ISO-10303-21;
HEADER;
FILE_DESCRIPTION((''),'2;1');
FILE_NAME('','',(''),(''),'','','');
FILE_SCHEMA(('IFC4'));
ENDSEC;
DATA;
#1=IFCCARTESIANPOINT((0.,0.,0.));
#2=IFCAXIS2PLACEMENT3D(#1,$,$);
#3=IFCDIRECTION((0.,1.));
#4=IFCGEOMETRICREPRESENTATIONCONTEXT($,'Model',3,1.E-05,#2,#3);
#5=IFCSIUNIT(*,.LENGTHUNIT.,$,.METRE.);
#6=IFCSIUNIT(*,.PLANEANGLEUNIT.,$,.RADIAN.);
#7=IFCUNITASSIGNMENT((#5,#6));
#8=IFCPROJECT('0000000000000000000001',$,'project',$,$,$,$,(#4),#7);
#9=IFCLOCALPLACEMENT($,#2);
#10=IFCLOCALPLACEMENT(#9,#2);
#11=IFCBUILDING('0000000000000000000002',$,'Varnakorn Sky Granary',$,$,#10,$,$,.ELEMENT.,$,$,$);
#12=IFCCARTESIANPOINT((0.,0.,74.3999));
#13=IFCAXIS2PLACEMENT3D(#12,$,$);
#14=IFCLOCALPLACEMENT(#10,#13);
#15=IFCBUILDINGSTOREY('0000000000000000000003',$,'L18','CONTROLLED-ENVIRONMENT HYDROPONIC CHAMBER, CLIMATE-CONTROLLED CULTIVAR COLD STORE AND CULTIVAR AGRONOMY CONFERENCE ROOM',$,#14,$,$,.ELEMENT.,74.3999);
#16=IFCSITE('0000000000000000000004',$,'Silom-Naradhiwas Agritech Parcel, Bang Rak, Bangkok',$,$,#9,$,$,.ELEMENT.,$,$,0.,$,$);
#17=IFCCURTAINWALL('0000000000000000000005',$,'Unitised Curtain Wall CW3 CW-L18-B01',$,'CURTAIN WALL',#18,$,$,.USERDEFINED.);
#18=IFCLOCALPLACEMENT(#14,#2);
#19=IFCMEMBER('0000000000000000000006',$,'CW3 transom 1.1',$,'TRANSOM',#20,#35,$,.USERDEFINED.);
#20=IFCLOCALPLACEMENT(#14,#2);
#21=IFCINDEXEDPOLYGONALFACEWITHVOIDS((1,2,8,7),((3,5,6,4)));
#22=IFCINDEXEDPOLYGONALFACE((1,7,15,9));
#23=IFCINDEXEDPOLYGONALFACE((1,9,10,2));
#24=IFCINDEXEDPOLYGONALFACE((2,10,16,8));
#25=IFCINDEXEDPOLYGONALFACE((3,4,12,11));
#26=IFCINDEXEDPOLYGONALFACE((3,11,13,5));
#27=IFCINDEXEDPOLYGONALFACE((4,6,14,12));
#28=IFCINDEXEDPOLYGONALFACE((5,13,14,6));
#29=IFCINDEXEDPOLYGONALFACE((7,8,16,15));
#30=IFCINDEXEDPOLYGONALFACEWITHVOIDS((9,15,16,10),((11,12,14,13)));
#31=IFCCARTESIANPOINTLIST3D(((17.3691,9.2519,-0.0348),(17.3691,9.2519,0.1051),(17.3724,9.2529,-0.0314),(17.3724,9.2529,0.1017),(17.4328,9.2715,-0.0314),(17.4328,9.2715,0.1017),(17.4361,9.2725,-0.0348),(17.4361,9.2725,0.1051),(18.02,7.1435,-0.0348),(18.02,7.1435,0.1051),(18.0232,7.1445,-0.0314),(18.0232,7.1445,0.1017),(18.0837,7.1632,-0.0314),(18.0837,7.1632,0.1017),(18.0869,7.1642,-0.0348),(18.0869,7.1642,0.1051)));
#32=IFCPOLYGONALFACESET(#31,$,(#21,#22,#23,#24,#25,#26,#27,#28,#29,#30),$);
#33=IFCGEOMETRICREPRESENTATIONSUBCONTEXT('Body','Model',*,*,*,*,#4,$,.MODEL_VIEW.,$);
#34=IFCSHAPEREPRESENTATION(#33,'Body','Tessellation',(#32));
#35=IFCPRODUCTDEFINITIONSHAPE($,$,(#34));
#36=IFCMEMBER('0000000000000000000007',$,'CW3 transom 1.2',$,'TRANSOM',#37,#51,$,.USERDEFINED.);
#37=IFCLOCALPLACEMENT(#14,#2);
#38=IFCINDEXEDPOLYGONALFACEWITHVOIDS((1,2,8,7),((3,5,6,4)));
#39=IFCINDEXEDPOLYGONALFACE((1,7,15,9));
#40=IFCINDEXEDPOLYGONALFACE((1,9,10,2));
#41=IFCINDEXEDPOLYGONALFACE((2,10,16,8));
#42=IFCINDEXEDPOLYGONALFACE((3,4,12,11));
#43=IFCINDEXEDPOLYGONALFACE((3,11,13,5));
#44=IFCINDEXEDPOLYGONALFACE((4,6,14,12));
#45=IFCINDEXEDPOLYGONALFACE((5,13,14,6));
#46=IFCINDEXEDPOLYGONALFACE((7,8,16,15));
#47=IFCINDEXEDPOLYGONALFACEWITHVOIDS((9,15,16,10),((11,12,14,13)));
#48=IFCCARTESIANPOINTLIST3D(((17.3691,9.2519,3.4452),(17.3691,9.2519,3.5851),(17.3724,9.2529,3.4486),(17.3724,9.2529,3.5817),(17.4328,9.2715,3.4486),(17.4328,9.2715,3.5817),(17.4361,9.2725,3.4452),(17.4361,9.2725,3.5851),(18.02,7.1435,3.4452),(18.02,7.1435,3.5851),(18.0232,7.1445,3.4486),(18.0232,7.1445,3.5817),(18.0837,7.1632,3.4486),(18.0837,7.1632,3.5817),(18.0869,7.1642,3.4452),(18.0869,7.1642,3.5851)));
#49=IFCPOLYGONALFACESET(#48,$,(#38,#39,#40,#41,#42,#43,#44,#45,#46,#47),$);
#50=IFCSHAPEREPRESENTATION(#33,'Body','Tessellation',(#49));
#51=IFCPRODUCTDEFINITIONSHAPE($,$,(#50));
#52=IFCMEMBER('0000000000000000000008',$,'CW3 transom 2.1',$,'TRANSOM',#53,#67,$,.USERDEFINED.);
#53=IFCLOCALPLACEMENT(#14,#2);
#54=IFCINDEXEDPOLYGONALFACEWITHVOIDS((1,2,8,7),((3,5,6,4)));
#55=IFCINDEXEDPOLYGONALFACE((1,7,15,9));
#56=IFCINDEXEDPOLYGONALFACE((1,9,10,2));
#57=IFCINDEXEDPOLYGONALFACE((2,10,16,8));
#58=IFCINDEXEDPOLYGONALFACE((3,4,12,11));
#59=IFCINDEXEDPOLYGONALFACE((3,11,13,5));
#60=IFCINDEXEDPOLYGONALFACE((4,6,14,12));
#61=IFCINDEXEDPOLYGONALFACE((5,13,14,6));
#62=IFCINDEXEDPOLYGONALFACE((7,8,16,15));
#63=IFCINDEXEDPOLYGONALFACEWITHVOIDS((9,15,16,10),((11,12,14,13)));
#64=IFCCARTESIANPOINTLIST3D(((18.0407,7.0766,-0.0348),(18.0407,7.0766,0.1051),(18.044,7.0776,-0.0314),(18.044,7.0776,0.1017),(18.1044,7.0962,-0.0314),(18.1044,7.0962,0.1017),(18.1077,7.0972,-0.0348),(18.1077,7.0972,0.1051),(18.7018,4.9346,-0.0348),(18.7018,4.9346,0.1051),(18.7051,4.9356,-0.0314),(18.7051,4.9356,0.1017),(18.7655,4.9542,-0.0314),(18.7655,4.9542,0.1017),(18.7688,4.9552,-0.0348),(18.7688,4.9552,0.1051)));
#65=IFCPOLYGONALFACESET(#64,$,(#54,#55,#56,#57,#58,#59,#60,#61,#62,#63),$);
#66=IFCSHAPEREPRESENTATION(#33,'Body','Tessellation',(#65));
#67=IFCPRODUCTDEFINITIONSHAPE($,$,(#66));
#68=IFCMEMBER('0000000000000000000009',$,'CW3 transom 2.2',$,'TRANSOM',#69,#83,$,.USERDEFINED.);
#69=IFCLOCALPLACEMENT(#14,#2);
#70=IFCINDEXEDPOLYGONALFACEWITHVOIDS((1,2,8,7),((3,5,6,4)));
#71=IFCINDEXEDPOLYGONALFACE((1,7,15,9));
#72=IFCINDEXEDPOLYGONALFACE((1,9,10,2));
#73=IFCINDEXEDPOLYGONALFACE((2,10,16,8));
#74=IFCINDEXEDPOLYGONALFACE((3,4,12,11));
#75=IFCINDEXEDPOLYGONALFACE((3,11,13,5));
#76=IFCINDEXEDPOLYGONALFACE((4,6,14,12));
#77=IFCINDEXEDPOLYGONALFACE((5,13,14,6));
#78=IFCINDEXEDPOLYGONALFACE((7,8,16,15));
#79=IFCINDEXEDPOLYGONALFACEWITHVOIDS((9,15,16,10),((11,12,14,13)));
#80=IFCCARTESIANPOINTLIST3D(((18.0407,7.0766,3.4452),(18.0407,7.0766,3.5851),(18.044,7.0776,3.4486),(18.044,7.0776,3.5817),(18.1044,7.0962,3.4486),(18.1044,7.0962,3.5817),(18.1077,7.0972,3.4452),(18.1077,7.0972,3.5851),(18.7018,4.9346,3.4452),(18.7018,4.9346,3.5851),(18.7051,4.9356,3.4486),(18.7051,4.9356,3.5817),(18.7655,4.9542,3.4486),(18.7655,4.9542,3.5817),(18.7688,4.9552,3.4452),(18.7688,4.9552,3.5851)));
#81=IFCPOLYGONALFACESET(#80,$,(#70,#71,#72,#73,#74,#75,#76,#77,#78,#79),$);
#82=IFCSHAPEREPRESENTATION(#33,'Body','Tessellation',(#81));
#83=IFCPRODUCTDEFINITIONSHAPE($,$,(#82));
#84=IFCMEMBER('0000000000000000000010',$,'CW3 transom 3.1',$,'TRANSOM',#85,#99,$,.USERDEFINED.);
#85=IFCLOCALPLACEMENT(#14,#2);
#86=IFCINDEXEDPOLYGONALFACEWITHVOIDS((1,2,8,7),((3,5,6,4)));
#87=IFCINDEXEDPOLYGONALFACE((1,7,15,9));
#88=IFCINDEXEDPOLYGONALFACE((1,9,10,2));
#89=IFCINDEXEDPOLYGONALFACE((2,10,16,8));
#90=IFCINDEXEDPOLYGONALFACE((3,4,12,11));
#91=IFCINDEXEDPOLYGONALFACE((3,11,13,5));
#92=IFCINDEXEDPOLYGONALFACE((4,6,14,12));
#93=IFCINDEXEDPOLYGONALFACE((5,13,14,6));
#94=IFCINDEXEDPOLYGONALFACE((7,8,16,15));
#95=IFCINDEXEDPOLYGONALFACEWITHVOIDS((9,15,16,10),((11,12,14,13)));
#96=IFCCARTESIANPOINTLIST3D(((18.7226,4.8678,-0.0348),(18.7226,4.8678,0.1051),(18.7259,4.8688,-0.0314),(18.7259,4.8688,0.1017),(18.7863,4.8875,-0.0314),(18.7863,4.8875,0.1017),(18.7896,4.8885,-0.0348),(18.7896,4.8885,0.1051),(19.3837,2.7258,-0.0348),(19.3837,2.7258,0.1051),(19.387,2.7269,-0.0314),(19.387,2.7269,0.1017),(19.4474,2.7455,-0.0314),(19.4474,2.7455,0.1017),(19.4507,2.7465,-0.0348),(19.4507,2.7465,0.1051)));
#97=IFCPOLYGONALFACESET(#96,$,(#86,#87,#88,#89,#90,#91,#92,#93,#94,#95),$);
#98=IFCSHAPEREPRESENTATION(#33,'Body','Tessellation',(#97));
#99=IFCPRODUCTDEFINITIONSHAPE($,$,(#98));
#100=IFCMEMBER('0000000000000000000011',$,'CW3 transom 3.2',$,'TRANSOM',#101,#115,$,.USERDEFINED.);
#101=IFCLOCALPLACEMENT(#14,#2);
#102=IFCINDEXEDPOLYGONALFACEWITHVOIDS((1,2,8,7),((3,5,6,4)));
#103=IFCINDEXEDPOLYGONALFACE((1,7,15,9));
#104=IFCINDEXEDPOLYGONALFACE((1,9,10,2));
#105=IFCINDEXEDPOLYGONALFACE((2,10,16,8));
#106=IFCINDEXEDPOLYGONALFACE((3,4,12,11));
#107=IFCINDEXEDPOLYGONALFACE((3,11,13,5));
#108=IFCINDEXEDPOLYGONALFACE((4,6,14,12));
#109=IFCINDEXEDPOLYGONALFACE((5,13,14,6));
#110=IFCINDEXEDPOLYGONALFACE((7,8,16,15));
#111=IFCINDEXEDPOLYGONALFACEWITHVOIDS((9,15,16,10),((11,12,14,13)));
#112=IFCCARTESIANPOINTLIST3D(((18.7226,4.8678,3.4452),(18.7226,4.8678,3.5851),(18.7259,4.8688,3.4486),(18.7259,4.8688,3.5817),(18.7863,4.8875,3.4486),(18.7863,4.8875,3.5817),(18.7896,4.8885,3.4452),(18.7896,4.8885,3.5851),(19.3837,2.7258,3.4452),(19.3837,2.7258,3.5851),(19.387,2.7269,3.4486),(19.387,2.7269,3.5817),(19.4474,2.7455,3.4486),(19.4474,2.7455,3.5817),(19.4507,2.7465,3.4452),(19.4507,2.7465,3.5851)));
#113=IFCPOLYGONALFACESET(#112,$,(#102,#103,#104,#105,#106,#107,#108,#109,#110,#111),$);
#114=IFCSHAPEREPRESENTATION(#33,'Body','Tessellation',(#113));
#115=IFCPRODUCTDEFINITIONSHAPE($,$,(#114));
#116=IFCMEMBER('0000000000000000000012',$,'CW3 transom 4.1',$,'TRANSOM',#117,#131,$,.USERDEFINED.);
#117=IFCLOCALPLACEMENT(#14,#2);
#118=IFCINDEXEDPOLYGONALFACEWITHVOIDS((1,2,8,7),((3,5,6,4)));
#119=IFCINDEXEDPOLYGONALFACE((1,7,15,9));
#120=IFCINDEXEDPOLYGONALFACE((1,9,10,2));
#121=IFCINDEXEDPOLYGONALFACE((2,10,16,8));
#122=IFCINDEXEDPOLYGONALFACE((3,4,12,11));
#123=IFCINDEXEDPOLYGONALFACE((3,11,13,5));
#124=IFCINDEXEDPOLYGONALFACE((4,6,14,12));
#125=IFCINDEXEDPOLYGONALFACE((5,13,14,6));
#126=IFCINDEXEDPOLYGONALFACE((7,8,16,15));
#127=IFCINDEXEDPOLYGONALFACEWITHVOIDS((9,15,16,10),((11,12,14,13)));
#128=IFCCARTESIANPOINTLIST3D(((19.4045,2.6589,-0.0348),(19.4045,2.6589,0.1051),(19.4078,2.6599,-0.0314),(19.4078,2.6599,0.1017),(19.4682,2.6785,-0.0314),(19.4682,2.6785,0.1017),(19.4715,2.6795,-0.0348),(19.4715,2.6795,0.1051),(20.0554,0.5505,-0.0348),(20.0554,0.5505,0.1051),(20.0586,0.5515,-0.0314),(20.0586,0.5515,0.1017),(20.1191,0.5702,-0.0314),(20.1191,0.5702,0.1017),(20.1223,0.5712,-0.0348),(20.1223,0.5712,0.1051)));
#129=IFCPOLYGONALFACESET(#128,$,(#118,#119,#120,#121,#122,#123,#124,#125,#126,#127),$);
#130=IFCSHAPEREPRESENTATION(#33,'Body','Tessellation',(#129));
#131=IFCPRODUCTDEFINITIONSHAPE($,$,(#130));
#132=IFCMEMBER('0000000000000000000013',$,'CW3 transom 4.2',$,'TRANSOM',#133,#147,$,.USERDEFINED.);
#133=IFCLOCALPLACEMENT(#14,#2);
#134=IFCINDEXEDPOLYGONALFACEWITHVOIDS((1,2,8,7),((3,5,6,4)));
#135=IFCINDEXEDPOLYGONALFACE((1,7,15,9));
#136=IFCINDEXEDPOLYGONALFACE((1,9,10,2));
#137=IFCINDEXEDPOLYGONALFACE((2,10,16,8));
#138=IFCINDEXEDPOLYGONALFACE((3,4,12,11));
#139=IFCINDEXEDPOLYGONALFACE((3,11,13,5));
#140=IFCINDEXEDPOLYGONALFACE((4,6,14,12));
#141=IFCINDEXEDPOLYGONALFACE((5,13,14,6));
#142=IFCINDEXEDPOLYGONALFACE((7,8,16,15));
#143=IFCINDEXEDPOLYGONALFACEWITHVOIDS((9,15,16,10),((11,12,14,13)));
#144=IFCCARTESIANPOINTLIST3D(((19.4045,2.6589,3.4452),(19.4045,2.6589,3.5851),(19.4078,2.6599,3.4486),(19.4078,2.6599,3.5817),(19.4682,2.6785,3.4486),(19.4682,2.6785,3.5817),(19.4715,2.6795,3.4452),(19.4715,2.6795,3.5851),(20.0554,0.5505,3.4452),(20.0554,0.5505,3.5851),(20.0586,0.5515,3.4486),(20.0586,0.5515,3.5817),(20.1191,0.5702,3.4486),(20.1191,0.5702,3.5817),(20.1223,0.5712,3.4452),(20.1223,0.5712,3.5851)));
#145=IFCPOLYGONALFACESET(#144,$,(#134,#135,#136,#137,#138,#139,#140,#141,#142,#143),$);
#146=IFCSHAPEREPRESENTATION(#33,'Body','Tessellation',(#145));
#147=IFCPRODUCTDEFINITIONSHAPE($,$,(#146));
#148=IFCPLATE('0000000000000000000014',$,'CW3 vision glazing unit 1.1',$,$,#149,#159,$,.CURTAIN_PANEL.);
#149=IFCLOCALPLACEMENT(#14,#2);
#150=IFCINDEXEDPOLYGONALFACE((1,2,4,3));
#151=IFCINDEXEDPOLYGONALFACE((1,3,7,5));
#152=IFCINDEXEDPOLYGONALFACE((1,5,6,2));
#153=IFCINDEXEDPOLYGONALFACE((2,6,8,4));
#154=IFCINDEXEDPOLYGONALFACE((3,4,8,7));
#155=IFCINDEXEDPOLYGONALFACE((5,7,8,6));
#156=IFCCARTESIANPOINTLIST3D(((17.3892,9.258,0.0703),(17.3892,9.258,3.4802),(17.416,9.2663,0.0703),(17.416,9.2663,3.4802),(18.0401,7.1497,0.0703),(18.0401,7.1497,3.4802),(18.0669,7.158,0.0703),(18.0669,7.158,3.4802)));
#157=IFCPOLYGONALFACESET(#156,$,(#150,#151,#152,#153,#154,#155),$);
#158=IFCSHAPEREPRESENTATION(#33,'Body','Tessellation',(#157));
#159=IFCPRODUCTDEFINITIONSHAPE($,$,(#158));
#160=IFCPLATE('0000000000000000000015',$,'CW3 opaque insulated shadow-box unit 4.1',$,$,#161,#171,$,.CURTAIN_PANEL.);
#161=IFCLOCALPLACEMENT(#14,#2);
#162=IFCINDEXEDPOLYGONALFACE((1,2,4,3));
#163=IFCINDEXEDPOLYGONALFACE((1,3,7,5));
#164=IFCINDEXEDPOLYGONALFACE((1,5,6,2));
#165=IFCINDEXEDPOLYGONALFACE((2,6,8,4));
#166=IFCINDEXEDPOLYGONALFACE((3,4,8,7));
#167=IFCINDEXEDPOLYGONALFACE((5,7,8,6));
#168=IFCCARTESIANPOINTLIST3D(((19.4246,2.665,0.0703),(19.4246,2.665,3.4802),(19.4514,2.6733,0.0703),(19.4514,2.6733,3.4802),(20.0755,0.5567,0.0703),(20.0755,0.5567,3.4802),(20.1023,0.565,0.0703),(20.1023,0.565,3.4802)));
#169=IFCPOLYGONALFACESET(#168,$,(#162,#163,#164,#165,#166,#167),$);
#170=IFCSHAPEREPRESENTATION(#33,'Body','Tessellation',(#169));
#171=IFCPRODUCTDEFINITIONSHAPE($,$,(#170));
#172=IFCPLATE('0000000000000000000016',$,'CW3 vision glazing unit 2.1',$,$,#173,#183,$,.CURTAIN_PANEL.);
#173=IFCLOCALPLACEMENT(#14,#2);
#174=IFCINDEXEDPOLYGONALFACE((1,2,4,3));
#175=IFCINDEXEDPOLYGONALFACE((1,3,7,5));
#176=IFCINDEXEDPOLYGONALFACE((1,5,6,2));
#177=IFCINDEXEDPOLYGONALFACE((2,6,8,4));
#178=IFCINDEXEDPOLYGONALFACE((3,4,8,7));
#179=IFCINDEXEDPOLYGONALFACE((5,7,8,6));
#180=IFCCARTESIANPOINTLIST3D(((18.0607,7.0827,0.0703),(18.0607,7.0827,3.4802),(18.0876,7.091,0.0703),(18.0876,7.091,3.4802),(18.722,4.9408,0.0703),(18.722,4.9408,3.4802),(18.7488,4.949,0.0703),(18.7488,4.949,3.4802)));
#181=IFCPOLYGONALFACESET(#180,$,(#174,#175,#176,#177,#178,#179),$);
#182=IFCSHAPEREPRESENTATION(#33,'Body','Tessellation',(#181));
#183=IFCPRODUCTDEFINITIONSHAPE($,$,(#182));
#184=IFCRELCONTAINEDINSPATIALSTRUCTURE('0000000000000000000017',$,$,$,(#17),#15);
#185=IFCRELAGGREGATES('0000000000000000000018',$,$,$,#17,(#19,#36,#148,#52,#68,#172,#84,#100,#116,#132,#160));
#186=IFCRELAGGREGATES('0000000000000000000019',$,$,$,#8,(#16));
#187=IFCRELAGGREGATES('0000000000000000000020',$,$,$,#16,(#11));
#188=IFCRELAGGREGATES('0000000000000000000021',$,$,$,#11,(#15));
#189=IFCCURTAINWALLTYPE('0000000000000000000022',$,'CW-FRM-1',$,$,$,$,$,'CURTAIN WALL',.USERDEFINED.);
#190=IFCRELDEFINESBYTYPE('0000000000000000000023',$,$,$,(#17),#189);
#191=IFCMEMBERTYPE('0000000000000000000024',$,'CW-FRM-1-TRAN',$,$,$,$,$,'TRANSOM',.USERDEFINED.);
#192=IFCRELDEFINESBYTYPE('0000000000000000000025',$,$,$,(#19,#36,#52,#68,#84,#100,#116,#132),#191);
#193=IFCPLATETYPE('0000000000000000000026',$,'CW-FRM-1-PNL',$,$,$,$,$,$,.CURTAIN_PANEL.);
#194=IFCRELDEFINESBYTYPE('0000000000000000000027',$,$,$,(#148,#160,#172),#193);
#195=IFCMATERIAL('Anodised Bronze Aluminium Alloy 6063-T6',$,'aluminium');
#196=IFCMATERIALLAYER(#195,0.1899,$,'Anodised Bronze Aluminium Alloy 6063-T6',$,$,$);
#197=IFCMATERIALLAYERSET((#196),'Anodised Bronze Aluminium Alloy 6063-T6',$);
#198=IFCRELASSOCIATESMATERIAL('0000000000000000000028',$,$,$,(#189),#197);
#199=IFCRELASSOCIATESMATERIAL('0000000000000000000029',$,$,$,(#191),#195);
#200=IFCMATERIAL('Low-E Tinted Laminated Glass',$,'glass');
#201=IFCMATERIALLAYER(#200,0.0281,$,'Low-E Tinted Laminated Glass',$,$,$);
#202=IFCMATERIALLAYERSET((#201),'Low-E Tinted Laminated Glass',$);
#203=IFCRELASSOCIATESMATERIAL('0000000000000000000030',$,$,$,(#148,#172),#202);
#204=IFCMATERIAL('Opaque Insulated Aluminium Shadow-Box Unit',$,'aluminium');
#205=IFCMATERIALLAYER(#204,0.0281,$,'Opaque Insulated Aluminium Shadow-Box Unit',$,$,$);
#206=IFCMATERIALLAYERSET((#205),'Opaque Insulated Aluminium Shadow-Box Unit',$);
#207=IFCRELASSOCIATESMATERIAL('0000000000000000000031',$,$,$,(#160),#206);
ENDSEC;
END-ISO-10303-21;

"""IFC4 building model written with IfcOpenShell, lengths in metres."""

from ifc_helpers import new_model, si_unit, direction, frame, origin, origin_2d, place, context, subcontext, project, spatial, rectangle, hollow_rectangle, extrude, source, transform, mapped, material, layer, layer_set, material_profile, profile_set, type_object, type_shapes, element, aggregate, save


model = new_model("IFC4")

# Units and contexts
model_context = context("Model", 3, precision=1e-05, world=origin(), true_north=direction((0.0, 1.0)))
body_context = subcontext(model_context, "Body", "Model", "MODEL_VIEW")
ifc_project = project(units=[si_unit("LENGTHUNIT", "METRE"), si_unit("PLANEANGLEUNIT", "RADIAN")], contexts=[model_context])

# Site, building, storey
site_placement = place(None, origin())
site = spatial("IfcSite", under=ifc_project, at=site_placement, Name="Silom-Naradhiwas Agritech Parcel, Bang Rak, Bangkok", CompositionType="ELEMENT", RefElevation=0.0)
building_placement = place(site_placement, origin())
building = spatial("IfcBuilding", under=site, at=building_placement, Name="Varnakorn Sky Granary", CompositionType="ELEMENT")
storey_placement = place(building_placement, frame((0.0, 0.0, 74.3999)))
storey = spatial("IfcBuildingStorey", under=building, at=storey_placement, Name="L18", Description="CONTROLLED-ENVIRONMENT HYDROPONIC CHAMBER, CLIMATE-CONTROLLED CULTIVAR COLD STORE AND CULTIVAR AGRONOMY CONFERENCE ROOM", CompositionType="ELEMENT", Elevation=74.3999)

# Curtain wall
ifc_material_1 = material(Name="Anodised Bronze Aluminium Alloy 6063-T6", Category="aluminium")
ifc_layer_1 = layer(ifc_material_1, 0.1899, Name="Anodised Bronze Aluminium Alloy 6063-T6")
ifc_layer_set_1 = layer_set([ifc_layer_1], Name="Anodised Bronze Aluminium Alloy 6063-T6")
curtain_wall_type = type_object("IfcCurtainWallType", Name="CW-FRM-1", ElementType="CURTAIN WALL", PredefinedType="USERDEFINED", material=ifc_layer_set_1)
curtain_wall_1_placement = place(storey_placement, origin())
curtain_wall_1 = element("IfcCurtainWall", 1, at=curtain_wall_1_placement, inside=storey, type_object=curtain_wall_type, Name="Unitised Curtain Wall CW3 CW-L18-B01", ObjectType="CURTAIN WALL", PredefinedType="USERDEFINED")

# Members
ifc_material_profile_1 = material_profile(ifc_material_1, hollow_rectangle(XDim=0.0701, YDim=0.1399, WallThickness=0.0034, at=origin_2d()), Name="ALU TRAN 70x140")
ifc_profile_set_1 = profile_set([ifc_material_profile_1], Name="Anodised Bronze Aluminium Alloy 6063-T6")
member_type_1 = type_object("IfcMemberType", Name="CW-FRM-1-TRAN", ElementType="TRANSOM", PredefinedType="USERDEFINED", material=ifc_profile_set_1)
member_1_placement = place(storey_placement, frame((17.4026, 9.2622, 0.0352), z_axis=(0.294972, -0.955506, 0.0), x_axis=(0.955506, 0.294972, 0.0)))
member_1 = element("IfcMember", 2, at=member_1_placement, type_object=member_type_1, Name="CW3 transom 1.1", ObjectType="TRANSOM", PredefinedType="USERDEFINED", context=body_context, shape_type="SweptSolid", body=[
    extrude(hollow_rectangle(XDim=0.0701, YDim=0.1399, WallThickness=0.0034, at=origin_2d()), origin(), (0.0, 0.0, 1.0), 2.2065),
])
member_2_placement = place(storey_placement, frame((17.4026, 9.2622, 3.5151), z_axis=(0.294972, -0.955506, 0.0), x_axis=(0.955506, 0.294972, 0.0)))
member_2 = element("IfcMember", 3, at=member_2_placement, type_object=member_type_1, Name="CW3 transom 1.2", ObjectType="TRANSOM", PredefinedType="USERDEFINED", context=body_context, shape_type="SweptSolid", body=[
    extrude(hollow_rectangle(XDim=0.0701, YDim=0.1399, WallThickness=0.0034, at=origin_2d()), origin(), (0.0, 0.0, 1.0), 2.2065),
])
member_3_placement = place(storey_placement, frame((18.0742, 7.0869, 0.0352), z_axis=(0.294912, -0.955524, 0.0), x_axis=(0.955524, 0.294912, 0.0)))
member_3 = element("IfcMember", 4, at=member_3_placement, type_object=member_type_1, Name="CW3 transom 2.1", ObjectType="TRANSOM", PredefinedType="USERDEFINED", context=body_context, shape_type="SweptSolid", body=[
    extrude(hollow_rectangle(XDim=0.0701, YDim=0.1399, WallThickness=0.0034, at=origin_2d()), origin(), (0.0, 0.0, 1.0), 2.2417),
])
member_4_placement = place(storey_placement, frame((18.0742, 7.0869, 3.5151), z_axis=(0.294912, -0.955524, 0.0), x_axis=(0.955524, 0.294912, 0.0)))
member_4 = element("IfcMember", 5, at=member_4_placement, type_object=member_type_1, Name="CW3 transom 2.2", ObjectType="TRANSOM", PredefinedType="USERDEFINED", context=body_context, shape_type="SweptSolid", body=[
    extrude(hollow_rectangle(XDim=0.0701, YDim=0.1399, WallThickness=0.0034, at=origin_2d()), origin(), (0.0, 0.0, 1.0), 2.2417),
])
member_5_placement = place(storey_placement, frame((18.7561, 4.8782, 0.0352), z_axis=(0.294912, -0.955524, 0.0), x_axis=(0.955524, 0.294912, 0.0)))
member_5 = element("IfcMember", 6, at=member_5_placement, type_object=member_type_1, Name="CW3 transom 3.1", ObjectType="TRANSOM", PredefinedType="USERDEFINED", context=body_context, shape_type="SweptSolid", body=[
    extrude(hollow_rectangle(XDim=0.0701, YDim=0.1399, WallThickness=0.0034, at=origin_2d()), origin(), (0.0, 0.0, 1.0), 2.2417),
])
member_6_placement = place(storey_placement, frame((18.7561, 4.8782, 3.5151), z_axis=(0.294912, -0.955524, 0.0), x_axis=(0.955524, 0.294912, 0.0)))
member_6 = element("IfcMember", 7, at=member_6_placement, type_object=member_type_1, Name="CW3 transom 3.2", ObjectType="TRANSOM", PredefinedType="USERDEFINED", context=body_context, shape_type="SweptSolid", body=[
    extrude(hollow_rectangle(XDim=0.0701, YDim=0.1399, WallThickness=0.0034, at=origin_2d()), origin(), (0.0, 0.0, 1.0), 2.2417),
])
member_7_placement = place(storey_placement, frame((19.438, 2.6692, 0.0352), z_axis=(0.294972, -0.955506, 0.0), x_axis=(0.955506, 0.294972, 0.0)))
member_7 = element("IfcMember", 8, at=member_7_placement, type_object=member_type_1, Name="CW3 transom 4.1", ObjectType="TRANSOM", PredefinedType="USERDEFINED", context=body_context, shape_type="SweptSolid", body=[
    extrude(hollow_rectangle(XDim=0.0701, YDim=0.1399, WallThickness=0.0034, at=origin_2d()), origin(), (0.0, 0.0, 1.0), 2.2065),
])
member_8_placement = place(storey_placement, frame((19.438, 2.6692, 3.5151), z_axis=(0.294972, -0.955506, 0.0), x_axis=(0.955506, 0.294972, 0.0)))
member_8 = element("IfcMember", 9, at=member_8_placement, type_object=member_type_1, Name="CW3 transom 4.2", ObjectType="TRANSOM", PredefinedType="USERDEFINED", context=body_context, shape_type="SweptSolid", body=[
    extrude(hollow_rectangle(XDim=0.0701, YDim=0.1399, WallThickness=0.0034, at=origin_2d()), origin(), (0.0, 0.0, 1.0), 2.2065),
])

# Plates
ifc_material_2 = material(Name="Low-E Tinted Laminated Glass", Category="glass")
ifc_layer_2 = layer(ifc_material_2, 0.0281, Name="Low-E Tinted Laminated Glass")
ifc_layer_set_2 = layer_set([ifc_layer_2], Name="Low-E Tinted Laminated Glass")
plate_type = type_object("IfcPlateType", Name="CW-FRM-1-PNL", PredefinedType="CURTAIN_PANEL")
shared_shape_1 = source(origin(), body_context, "Body", "SweptSolid", [
    extrude(rectangle(XDim=2.2065, YDim=0.0281, at=origin_2d()), origin(), (0.0, 0.0, 1.0), 3.4099),
])
plate_1_placement = place(storey_placement, frame((17.728, 8.208, 0.0703), z_axis=(0.0, 0.0, 1.0), x_axis=(0.294979, -0.955504, 0.0)))
plate_1 = element("IfcPlate", 10, at=plate_1_placement, type_object=plate_type, material=ifc_layer_set_2, Name="CW3 vision glazing unit 1.1", PredefinedType="CURTAIN_PANEL", context=body_context, shape_type="MappedRepresentation", body=[
    mapped(shared_shape_1, transform((0.0, 0.0, 0.0), x_axis=(1.0, 0.0, 0.0), y_axis=(0.0, 1.0, 0.0), z_axis=(0.0, 0.0, 1.0), scale=1.0)),
])
ifc_material_3 = material(Name="Opaque Insulated Aluminium Shadow-Box Unit", Category="aluminium")
ifc_layer_3 = layer(ifc_material_3, 0.0281, Name="Opaque Insulated Aluminium Shadow-Box Unit")
ifc_layer_set_3 = layer_set([ifc_layer_3], Name="Opaque Insulated Aluminium Shadow-Box Unit")
plate_2_placement = place(storey_placement, frame((19.7634, 1.615, 0.0703), z_axis=(0.0, 0.0, 1.0), x_axis=(0.294979, -0.955504, 0.0)))
plate_2 = element("IfcPlate", 11, at=plate_2_placement, type_object=plate_type, material=ifc_layer_set_3, Name="CW3 opaque insulated shadow-box unit 4.1", PredefinedType="CURTAIN_PANEL", context=body_context, shape_type="MappedRepresentation", body=[
    mapped(shared_shape_1, transform((0.0, 0.0, 0.0), x_axis=(1.0, 0.0, 0.0), y_axis=(0.0, 1.0, 0.0), z_axis=(0.0, 0.0, 1.0), scale=1.0)),
])
shared_shape_2 = source(origin(), body_context, "Body", "SweptSolid", [
    extrude(rectangle(XDim=2.2417, YDim=0.0281, at=origin_2d()), origin(), (0.0, 0.0, 1.0), 3.4099),
])
type_shapes(plate_type, [shared_shape_1, shared_shape_2])
plate_3_placement = place(storey_placement, frame((18.4048, 6.0159, 0.0703), z_axis=(0.0, 0.0, 1.0), x_axis=(0.294979, -0.955504, 0.0)))
plate_3 = element("IfcPlate", 12, at=plate_3_placement, type_object=plate_type, material=ifc_layer_set_2, Name="CW3 vision glazing unit 2.1", PredefinedType="CURTAIN_PANEL", context=body_context, shape_type="MappedRepresentation", body=[
    mapped(shared_shape_2, transform((0.0, 0.0, 0.0), x_axis=(1.0, 0.0, 0.0), y_axis=(0.0, 1.0, 0.0), z_axis=(0.0, 0.0, 1.0), scale=1.0)),
])
aggregate(curtain_wall_1, [member_1, member_2, plate_1, member_3, member_4, plate_3, member_5, member_6, member_7, member_8, plate_2])

save(model, "model.ifc")
